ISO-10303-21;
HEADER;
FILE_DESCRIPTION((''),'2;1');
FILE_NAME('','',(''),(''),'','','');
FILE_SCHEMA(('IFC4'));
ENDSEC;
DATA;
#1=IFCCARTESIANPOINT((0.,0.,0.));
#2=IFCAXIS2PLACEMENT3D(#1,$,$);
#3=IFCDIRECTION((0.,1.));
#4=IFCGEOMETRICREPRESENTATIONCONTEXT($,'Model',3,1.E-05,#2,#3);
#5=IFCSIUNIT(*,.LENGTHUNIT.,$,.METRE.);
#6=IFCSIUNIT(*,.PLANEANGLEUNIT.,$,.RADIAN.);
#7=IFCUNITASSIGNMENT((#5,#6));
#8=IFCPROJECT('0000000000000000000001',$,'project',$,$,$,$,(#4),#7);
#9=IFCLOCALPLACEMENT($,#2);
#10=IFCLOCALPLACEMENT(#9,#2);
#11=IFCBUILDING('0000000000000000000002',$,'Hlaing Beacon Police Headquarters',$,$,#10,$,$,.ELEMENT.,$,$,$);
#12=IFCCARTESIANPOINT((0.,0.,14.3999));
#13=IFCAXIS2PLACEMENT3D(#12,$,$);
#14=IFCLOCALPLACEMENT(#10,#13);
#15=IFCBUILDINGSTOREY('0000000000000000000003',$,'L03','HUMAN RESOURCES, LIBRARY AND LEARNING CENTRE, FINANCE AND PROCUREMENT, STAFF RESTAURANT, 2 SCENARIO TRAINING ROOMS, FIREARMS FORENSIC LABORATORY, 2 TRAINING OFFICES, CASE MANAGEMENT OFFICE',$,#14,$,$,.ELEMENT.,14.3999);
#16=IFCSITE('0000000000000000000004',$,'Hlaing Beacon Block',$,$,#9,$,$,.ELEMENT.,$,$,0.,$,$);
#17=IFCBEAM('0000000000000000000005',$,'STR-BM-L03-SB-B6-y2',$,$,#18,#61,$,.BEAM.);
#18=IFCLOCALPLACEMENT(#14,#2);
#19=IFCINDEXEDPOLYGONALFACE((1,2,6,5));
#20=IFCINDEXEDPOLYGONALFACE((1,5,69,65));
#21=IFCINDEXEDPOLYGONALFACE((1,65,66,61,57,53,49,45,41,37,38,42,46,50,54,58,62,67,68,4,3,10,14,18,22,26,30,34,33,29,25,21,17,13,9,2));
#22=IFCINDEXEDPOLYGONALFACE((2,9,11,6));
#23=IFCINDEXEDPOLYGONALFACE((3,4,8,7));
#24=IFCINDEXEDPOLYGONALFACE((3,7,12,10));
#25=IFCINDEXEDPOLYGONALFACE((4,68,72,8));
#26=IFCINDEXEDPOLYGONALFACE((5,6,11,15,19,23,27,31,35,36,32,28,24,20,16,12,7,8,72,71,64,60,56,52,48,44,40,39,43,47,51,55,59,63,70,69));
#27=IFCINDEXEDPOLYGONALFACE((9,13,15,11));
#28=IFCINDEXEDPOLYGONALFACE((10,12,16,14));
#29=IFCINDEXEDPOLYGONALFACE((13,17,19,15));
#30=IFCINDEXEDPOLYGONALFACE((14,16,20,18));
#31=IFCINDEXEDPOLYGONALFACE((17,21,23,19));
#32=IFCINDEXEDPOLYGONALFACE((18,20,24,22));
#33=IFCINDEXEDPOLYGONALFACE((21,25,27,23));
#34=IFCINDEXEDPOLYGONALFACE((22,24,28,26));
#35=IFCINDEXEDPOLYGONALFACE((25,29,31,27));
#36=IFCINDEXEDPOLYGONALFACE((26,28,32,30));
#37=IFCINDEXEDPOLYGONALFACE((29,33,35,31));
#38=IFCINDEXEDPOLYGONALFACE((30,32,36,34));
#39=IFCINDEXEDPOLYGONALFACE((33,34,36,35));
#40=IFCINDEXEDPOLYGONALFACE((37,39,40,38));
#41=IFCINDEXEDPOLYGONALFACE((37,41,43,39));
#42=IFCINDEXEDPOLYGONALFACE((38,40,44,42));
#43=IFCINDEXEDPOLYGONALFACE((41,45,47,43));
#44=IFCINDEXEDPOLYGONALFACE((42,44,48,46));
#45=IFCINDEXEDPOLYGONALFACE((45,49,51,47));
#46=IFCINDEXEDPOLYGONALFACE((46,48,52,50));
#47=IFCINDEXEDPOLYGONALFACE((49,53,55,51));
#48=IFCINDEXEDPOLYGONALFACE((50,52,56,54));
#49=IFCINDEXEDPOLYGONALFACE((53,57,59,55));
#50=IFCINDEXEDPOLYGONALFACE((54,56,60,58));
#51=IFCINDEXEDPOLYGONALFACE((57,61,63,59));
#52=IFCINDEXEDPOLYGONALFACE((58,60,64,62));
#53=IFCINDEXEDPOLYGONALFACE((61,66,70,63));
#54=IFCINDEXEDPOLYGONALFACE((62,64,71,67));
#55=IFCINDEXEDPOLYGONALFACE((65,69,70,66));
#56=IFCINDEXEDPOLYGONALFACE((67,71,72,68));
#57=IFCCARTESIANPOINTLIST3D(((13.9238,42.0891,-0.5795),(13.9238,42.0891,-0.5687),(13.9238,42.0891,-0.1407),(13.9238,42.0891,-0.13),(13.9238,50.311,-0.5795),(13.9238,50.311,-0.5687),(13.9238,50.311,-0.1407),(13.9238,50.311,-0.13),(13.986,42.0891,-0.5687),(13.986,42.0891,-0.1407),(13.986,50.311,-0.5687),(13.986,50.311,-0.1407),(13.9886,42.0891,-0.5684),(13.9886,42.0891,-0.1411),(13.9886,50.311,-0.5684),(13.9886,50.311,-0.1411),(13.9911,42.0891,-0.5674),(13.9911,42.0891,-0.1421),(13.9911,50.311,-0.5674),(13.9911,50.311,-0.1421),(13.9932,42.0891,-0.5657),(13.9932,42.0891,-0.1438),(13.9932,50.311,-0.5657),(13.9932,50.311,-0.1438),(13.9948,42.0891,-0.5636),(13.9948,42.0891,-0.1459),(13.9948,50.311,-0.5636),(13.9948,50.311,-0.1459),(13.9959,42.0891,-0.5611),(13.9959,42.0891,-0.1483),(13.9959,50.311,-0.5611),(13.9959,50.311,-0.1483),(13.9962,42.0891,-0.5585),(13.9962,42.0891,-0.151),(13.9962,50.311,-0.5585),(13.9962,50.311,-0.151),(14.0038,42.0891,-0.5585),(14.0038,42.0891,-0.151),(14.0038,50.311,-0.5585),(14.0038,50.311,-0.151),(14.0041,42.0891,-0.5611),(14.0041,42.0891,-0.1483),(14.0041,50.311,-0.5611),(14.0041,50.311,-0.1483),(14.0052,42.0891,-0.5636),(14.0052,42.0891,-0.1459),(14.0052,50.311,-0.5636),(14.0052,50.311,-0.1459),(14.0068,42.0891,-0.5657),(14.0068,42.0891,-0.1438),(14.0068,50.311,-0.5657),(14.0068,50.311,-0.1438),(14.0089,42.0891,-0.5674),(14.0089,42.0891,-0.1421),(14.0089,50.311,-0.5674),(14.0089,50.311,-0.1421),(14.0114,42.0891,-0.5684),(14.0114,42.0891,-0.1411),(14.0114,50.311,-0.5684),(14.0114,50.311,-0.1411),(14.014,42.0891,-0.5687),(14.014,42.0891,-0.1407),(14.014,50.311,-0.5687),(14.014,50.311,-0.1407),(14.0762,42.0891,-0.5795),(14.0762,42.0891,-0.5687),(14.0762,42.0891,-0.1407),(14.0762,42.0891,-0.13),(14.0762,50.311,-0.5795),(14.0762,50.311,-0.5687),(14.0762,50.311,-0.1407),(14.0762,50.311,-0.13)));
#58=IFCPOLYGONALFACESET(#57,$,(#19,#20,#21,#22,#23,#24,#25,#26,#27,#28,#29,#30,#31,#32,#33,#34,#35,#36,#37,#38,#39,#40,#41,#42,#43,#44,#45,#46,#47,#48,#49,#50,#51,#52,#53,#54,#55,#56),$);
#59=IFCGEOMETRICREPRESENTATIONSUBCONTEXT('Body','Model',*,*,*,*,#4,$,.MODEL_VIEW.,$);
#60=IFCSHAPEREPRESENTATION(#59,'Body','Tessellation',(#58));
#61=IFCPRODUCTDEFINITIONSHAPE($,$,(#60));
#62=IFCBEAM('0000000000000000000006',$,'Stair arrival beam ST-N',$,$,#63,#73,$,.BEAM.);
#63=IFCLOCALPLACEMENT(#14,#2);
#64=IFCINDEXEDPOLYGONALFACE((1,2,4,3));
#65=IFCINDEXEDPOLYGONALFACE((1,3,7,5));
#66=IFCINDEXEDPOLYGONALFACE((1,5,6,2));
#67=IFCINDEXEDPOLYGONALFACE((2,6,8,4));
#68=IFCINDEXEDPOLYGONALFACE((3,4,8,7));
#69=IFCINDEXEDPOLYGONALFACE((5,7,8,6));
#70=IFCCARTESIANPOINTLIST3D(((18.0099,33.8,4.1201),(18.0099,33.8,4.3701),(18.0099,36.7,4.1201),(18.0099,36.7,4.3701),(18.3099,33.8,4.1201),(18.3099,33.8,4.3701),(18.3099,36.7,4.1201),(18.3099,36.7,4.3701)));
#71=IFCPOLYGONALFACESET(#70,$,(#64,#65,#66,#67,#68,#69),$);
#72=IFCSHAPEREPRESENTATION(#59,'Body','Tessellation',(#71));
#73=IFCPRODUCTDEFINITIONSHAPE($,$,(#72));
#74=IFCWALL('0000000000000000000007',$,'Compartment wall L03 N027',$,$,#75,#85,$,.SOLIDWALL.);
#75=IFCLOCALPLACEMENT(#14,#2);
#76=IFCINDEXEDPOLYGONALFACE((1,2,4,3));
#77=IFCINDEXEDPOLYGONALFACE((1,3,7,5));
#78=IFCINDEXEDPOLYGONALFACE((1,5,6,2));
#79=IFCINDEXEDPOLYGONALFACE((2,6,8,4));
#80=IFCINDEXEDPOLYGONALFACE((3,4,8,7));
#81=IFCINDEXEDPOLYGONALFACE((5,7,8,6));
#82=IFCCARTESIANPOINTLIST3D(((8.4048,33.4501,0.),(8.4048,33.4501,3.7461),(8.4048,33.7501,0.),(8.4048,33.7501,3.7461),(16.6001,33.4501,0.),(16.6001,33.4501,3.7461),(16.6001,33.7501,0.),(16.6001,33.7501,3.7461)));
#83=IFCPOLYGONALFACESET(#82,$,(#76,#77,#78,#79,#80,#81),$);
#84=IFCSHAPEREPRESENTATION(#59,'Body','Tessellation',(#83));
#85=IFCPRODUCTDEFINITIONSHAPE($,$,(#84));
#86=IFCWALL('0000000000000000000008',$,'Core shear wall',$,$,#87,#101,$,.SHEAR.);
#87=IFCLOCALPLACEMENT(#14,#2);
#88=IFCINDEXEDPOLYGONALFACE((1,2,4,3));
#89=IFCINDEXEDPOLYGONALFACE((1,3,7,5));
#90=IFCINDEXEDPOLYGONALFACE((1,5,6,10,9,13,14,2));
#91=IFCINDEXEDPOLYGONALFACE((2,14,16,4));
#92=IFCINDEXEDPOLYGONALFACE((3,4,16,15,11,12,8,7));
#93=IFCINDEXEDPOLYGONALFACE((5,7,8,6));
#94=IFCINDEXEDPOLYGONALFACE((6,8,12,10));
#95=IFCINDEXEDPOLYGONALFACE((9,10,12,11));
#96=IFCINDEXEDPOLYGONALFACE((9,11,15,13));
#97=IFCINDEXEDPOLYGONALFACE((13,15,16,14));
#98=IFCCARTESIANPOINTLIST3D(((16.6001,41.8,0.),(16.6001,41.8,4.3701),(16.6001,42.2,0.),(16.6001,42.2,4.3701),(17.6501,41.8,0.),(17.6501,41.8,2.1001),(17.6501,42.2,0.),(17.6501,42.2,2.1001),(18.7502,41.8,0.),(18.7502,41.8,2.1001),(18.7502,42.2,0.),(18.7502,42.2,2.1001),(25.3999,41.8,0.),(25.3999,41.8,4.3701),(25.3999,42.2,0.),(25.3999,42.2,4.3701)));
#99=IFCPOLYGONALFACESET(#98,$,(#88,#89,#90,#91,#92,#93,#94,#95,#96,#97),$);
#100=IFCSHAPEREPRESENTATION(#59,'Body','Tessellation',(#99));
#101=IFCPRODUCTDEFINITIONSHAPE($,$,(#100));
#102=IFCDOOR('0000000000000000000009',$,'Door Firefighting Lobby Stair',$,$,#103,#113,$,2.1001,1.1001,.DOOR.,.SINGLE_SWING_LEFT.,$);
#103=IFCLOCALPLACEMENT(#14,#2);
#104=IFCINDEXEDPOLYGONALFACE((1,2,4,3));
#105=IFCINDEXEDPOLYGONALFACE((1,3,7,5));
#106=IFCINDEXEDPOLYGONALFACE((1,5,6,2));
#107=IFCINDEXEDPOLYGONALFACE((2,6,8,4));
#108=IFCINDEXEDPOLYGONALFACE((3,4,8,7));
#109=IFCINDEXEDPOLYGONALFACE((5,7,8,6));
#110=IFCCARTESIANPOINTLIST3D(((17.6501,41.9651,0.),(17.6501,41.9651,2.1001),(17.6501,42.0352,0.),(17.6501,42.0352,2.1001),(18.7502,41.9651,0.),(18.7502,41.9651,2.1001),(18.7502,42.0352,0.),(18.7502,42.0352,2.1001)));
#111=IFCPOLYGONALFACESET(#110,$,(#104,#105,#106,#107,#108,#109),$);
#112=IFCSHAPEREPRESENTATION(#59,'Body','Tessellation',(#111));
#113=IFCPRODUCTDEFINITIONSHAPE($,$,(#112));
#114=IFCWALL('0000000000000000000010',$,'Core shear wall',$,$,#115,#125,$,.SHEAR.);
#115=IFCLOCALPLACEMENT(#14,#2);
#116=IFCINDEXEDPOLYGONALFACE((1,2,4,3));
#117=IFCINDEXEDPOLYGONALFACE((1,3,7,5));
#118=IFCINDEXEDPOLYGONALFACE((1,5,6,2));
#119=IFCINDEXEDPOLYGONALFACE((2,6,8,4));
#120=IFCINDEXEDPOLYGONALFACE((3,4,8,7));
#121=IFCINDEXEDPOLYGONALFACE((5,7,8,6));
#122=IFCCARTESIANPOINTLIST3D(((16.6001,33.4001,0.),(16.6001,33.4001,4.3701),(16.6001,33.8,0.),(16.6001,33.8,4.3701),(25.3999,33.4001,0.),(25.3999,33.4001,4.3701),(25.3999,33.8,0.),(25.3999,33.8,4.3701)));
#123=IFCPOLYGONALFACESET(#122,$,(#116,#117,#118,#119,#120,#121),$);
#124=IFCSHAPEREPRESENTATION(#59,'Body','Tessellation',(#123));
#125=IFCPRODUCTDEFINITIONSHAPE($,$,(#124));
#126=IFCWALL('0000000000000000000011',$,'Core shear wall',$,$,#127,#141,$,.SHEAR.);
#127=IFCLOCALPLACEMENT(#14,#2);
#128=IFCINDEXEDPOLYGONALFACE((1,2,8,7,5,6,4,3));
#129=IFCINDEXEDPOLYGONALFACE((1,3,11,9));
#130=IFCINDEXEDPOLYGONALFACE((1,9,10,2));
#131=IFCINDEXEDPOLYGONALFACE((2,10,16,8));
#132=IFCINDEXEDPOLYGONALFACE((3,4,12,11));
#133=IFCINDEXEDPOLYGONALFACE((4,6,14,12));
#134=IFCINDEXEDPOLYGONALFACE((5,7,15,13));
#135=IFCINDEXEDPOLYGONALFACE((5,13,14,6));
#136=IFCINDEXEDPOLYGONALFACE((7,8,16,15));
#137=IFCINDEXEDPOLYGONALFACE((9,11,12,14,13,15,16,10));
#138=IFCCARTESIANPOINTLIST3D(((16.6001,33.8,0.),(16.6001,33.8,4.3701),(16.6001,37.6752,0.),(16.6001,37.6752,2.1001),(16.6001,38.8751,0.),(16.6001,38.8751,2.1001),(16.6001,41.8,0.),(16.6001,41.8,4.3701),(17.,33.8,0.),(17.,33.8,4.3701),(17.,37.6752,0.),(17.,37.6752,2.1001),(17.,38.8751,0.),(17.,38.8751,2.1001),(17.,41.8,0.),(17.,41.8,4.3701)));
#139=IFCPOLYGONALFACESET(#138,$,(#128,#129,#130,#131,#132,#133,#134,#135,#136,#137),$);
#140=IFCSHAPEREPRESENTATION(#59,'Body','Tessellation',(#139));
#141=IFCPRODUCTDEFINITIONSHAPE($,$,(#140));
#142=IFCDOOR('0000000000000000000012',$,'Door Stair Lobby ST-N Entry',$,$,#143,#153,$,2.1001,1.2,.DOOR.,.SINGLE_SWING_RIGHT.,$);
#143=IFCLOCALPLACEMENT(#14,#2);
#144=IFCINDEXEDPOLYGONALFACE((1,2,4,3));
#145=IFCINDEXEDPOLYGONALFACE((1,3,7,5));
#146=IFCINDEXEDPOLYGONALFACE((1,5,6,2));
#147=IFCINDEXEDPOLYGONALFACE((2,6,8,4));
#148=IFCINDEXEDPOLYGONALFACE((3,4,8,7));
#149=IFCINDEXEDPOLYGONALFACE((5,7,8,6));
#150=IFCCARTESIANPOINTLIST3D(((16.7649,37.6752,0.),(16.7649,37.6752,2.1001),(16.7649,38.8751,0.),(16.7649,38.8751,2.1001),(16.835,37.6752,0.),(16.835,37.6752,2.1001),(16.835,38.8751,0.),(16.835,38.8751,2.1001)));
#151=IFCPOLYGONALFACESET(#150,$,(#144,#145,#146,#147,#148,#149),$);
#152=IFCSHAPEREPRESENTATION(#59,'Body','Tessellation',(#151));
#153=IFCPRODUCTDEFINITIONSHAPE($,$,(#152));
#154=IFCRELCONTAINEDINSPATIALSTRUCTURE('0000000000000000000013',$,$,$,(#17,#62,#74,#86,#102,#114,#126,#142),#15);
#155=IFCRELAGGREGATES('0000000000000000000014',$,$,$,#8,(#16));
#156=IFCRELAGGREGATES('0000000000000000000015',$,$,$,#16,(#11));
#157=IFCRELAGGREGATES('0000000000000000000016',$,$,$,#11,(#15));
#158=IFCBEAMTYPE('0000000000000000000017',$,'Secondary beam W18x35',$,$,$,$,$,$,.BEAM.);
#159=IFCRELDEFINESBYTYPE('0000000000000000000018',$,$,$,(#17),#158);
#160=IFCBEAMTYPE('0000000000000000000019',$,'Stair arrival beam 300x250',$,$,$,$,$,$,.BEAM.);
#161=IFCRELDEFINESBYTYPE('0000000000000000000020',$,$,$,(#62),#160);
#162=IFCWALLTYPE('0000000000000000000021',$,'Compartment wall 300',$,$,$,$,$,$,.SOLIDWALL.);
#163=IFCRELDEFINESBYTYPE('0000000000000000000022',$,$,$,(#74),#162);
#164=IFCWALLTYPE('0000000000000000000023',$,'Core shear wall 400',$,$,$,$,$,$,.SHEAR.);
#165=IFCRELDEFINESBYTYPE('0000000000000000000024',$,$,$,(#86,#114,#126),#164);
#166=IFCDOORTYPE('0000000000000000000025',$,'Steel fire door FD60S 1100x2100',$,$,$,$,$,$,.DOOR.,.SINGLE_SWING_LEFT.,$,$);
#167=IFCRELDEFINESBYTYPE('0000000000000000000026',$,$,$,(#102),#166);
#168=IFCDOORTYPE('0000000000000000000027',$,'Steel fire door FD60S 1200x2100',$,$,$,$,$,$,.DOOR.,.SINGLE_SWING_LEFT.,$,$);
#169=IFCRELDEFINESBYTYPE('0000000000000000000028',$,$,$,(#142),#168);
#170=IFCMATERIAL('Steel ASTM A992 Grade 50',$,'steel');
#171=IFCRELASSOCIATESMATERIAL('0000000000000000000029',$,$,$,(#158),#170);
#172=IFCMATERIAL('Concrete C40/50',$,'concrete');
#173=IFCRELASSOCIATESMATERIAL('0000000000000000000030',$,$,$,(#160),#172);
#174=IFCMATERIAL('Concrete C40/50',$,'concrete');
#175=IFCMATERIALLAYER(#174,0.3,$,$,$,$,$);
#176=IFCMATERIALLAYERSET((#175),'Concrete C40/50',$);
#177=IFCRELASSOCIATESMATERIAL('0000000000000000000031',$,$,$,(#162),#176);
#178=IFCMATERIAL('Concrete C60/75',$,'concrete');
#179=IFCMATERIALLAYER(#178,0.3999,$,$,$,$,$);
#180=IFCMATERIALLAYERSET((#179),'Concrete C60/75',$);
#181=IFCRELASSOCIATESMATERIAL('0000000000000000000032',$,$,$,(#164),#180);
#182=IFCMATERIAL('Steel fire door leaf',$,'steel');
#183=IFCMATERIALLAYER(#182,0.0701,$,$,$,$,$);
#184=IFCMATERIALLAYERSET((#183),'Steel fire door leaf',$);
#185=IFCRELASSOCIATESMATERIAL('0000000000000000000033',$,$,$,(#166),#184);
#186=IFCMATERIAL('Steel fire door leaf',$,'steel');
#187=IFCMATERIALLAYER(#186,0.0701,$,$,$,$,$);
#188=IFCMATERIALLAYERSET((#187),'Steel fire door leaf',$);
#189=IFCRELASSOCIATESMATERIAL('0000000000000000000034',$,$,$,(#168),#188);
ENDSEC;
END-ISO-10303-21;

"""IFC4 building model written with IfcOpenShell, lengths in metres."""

from ifc_helpers import new_model, si_unit, direction, frame, frame_2d, origin, origin_2d, place, context, subcontext, project, spatial, rectangle, i_section, extrude, material, layer, layer_set, material_profile, profile_set, type_object, element, fill, save


model = new_model("IFC4")

# Units and contexts
model_context = context("Model", 3, precision=1e-05, world=origin(), true_north=direction((0.0, 1.0)))
body_context = subcontext(model_context, "Body", "Model", "MODEL_VIEW")
ifc_project = project(units=[si_unit("LENGTHUNIT", "METRE"), si_unit("PLANEANGLEUNIT", "RADIAN")], contexts=[model_context])

# Site, building, storey
site_placement = place(None, origin())
site = spatial("IfcSite", under=ifc_project, at=site_placement, Name="Hlaing Beacon Block", CompositionType="ELEMENT", RefElevation=0.0)
building_placement = place(site_placement, origin())
building = spatial("IfcBuilding", under=site, at=building_placement, Name="Hlaing Beacon Police Headquarters", CompositionType="ELEMENT")
storey_placement = place(building_placement, frame((0.0, 0.0, 14.3999)))
storey = spatial("IfcBuildingStorey", under=building, at=storey_placement, Name="L03", Description="HUMAN RESOURCES, LIBRARY AND LEARNING CENTRE, FINANCE AND PROCUREMENT, STAFF RESTAURANT, 2 SCENARIO TRAINING ROOMS, FIREARMS FORENSIC LABORATORY, 2 TRAINING OFFICES, CASE MANAGEMENT OFFICE", CompositionType="ELEMENT", Elevation=14.3999)

# Beams
ifc_material_1 = material(Name="Steel ASTM A992 Grade 50", Category="steel")
ifc_material_profile_1 = material_profile(ifc_material_1, i_section(OverallWidth=0.1523, OverallDepth=0.4495, WebThickness=0.0076, FlangeThickness=0.0107, FilletRadius=0.0103, at=origin_2d()), Name="W18x35")
ifc_profile_set_1 = profile_set([ifc_material_profile_1], Name="Steel ASTM A992 Grade 50")
beam_type_1 = type_object("IfcBeamType", Name="Secondary beam W18x35", PredefinedType="BEAM", material=ifc_profile_set_1)
beam_1_placement = place(storey_placement, frame((14.0, 42.0891, -0.3547), z_axis=(0.0, 1.0, 0.0), x_axis=(-1.0, 0.0, 0.0)))
element("IfcBeam", 1, at=beam_1_placement, inside=storey, type_object=beam_type_1, Name="STR-BM-L03-SB-B6-y2", PredefinedType="BEAM", context=body_context, shape_type="SweptSolid", body=[
    extrude(i_section(OverallWidth=0.1523, OverallDepth=0.4495, WebThickness=0.0076, FlangeThickness=0.0107, FilletRadius=0.0103, at=origin_2d()), origin(), (0.0, 0.0, 1.0), 8.2219),
])
ifc_material_2 = material(Name="Concrete C40/50", Category="concrete")
ifc_material_profile_2 = material_profile(ifc_material_2, rectangle(XDim=0.3, YDim=0.25, at=origin_2d()), Name="Stair arrival beam 300x250")
ifc_profile_set_2 = profile_set([ifc_material_profile_2], Name="Concrete C40/50")
beam_type_2 = type_object("IfcBeamType", Name="Stair arrival beam 300x250", PredefinedType="BEAM", material=ifc_profile_set_2)
beam_2_placement = place(storey_placement, frame((18.1599, 33.8, 4.2451), z_axis=(0.0, 1.0, 0.0), x_axis=(-1.0, 0.0, 0.0)))
element("IfcBeam", 2, at=beam_2_placement, inside=storey, type_object=beam_type_2, Name="Stair arrival beam ST-N", PredefinedType="BEAM", context=body_context, shape_type="SweptSolid", body=[
    extrude(rectangle(XDim=0.3, YDim=0.25, at=origin_2d()), origin(), (0.0, 0.0, 1.0), 2.8999),
])

# Wall
ifc_material_3 = material(Name="Concrete C40/50", Category="concrete")
ifc_layer_1 = layer(ifc_material_3, 0.3)
ifc_layer_set_1 = layer_set([ifc_layer_1], Name="Concrete C40/50")
wall_type_1 = type_object("IfcWallType", Name="Compartment wall 300", PredefinedType="SOLIDWALL", material=ifc_layer_set_1)
wall_1_placement = place(storey_placement, frame((16.6001, 33.6001, 0.0), z_axis=(0.0, 0.0, 1.0), x_axis=(-1.0, 0.0, 0.0)))
element("IfcWall", 3, at=wall_1_placement, inside=storey, type_object=wall_type_1, Name="Compartment wall L03 N027", PredefinedType="SOLIDWALL", context=body_context, shape_type="SweptSolid", body=[
    extrude(rectangle(XDim=8.1953, YDim=0.3, at=frame_2d((4.0977, 0.0))), origin(), (0.0, 0.0, 1.0), 3.7461),
])

# Wall, opening, door
ifc_material_4 = material(Name="Concrete C60/75", Category="concrete")
ifc_layer_2 = layer(ifc_material_4, 0.3999)
ifc_layer_set_2 = layer_set([ifc_layer_2], Name="Concrete C60/75")
wall_type_2 = type_object("IfcWallType", Name="Core shear wall 400", PredefinedType="SHEAR", material=ifc_layer_set_2)
wall_2_placement = place(storey_placement, frame((16.6001, 42.0, 0.0), z_axis=(0.0, 0.0, 1.0), x_axis=(1.0, 0.0, 0.0)))
wall_2 = element("IfcWall", 4, at=wall_2_placement, inside=storey, type_object=wall_type_2, Name="Core shear wall", PredefinedType="SHEAR", context=body_context, shape_type="SweptSolid", body=[
    extrude(rectangle(XDim=8.7998, YDim=0.3999, at=frame_2d((4.3999, 0.0))), origin(), (0.0, 0.0, 1.0), 4.3701),
])
opening_1_placement = place(wall_2_placement, frame((1.05, 0.0, 0.0)))
opening_1 = element("IfcOpeningElement", 5, at=opening_1_placement, cuts=wall_2, PredefinedType="OPENING", context=body_context, shape_type="SweptSolid", body=[
    extrude(rectangle(XDim=1.1001, YDim=2.1001, at=frame_2d((0.55, 1.05))), frame((0.0, 0.21, 0.0), z_axis=(0.0, -1.0, 0.0), x_axis=(1.0, 0.0, 0.0)), (0.0, 0.0, 1.0), 0.4199),
])
ifc_material_5 = material(Name="Steel fire door leaf", Category="steel")
ifc_layer_3 = layer(ifc_material_5, 0.0701)
ifc_layer_set_3 = layer_set([ifc_layer_3], Name="Steel fire door leaf")
door_type_1 = type_object("IfcDoorType", Name="Steel fire door FD60S 1100x2100", OperationType="SINGLE_SWING_LEFT", PredefinedType="DOOR", material=ifc_layer_set_3)
door_1_placement = place(opening_1_placement, frame((1.1001, 0.0, 0.0), z_axis=(0.0, 0.0, 1.0), x_axis=(-1.0, 0.0, 0.0)))
door_1 = element("IfcDoor", 6, at=door_1_placement, inside=storey, type_object=door_type_1, Name="Door Firefighting Lobby Stair", OperationType="SINGLE_SWING_LEFT", OverallHeight=2.1001, OverallWidth=1.1001, PredefinedType="DOOR", context=body_context, shape_type="SweptSolid", body=[
    extrude(rectangle(XDim=1.1001, YDim=2.1001, at=frame_2d((0.55, 1.05))), frame((0.0, 0.0349, 0.0), z_axis=(0.0, -1.0, 0.0), x_axis=(1.0, 0.0, 0.0)), (0.0, 0.0, 1.0), 0.0701),
])
fill(opening_1, door_1)

# Wall
wall_3_placement = place(storey_placement, frame((16.6001, 33.6001, 0.0), z_axis=(0.0, 0.0, 1.0), x_axis=(1.0, 0.0, 0.0)))
element("IfcWall", 7, at=wall_3_placement, inside=storey, type_object=wall_type_2, Name="Core shear wall", PredefinedType="SHEAR", context=body_context, shape_type="SweptSolid", body=[
    extrude(rectangle(XDim=8.7998, YDim=0.3999, at=frame_2d((4.3999, 0.0))), origin(), (0.0, 0.0, 1.0), 4.3701),
])

# Wall, opening, door
wall_4_placement = place(storey_placement, frame((16.8, 33.8, 0.0), z_axis=(0.0, 0.0, 1.0), x_axis=(0.0, 1.0, 0.0)))
wall_4 = element("IfcWall", 8, at=wall_4_placement, inside=storey, type_object=wall_type_2, Name="Core shear wall", PredefinedType="SHEAR", context=body_context, shape_type="SweptSolid", body=[
    extrude(rectangle(XDim=8.0, YDim=0.3999, at=frame_2d((4.0, 0.0))), origin(), (0.0, 0.0, 1.0), 4.3701),
])
opening_2_placement = place(wall_4_placement, frame((3.875, 0.0, 0.0)))
opening_2 = element("IfcOpeningElement", 9, at=opening_2_placement, cuts=wall_4, PredefinedType="OPENING", context=body_context, shape_type="SweptSolid", body=[
    extrude(rectangle(XDim=1.2, YDim=2.1001, at=frame_2d((0.6001, 1.05))), frame((0.0, 0.21, 0.0), z_axis=(0.0, -1.0, 0.0), x_axis=(1.0, 0.0, 0.0)), (0.0, 0.0, 1.0), 0.4199),
])
ifc_material_6 = material(Name="Steel fire door leaf", Category="steel")
ifc_layer_4 = layer(ifc_material_6, 0.0701)
ifc_layer_set_4 = layer_set([ifc_layer_4], Name="Steel fire door leaf")
door_type_2 = type_object("IfcDoorType", Name="Steel fire door FD60S 1200x2100", OperationType="SINGLE_SWING_LEFT", PredefinedType="DOOR", material=ifc_layer_set_4)
door_2_placement = place(opening_2_placement, frame((1.2, 0.0, 0.0), z_axis=(0.0, 0.0, 1.0), x_axis=(-1.0, 0.0, 0.0)))
door_2 = element("IfcDoor", 10, at=door_2_placement, inside=storey, type_object=door_type_2, Name="Door Stair Lobby ST-N Entry", OperationType="SINGLE_SWING_RIGHT", OverallHeight=2.1001, OverallWidth=1.2, PredefinedType="DOOR", context=body_context, shape_type="SweptSolid", body=[
    extrude(rectangle(XDim=1.2, YDim=2.1001, at=frame_2d((0.5999, 1.05))), frame((0.0, 0.0349, 0.0), z_axis=(0.0, -1.0, 0.0), x_axis=(1.0, 0.0, 0.0)), (0.0, 0.0, 1.0), 0.0701),
])
fill(opening_2, door_2)

save(model, "model.ifc")
